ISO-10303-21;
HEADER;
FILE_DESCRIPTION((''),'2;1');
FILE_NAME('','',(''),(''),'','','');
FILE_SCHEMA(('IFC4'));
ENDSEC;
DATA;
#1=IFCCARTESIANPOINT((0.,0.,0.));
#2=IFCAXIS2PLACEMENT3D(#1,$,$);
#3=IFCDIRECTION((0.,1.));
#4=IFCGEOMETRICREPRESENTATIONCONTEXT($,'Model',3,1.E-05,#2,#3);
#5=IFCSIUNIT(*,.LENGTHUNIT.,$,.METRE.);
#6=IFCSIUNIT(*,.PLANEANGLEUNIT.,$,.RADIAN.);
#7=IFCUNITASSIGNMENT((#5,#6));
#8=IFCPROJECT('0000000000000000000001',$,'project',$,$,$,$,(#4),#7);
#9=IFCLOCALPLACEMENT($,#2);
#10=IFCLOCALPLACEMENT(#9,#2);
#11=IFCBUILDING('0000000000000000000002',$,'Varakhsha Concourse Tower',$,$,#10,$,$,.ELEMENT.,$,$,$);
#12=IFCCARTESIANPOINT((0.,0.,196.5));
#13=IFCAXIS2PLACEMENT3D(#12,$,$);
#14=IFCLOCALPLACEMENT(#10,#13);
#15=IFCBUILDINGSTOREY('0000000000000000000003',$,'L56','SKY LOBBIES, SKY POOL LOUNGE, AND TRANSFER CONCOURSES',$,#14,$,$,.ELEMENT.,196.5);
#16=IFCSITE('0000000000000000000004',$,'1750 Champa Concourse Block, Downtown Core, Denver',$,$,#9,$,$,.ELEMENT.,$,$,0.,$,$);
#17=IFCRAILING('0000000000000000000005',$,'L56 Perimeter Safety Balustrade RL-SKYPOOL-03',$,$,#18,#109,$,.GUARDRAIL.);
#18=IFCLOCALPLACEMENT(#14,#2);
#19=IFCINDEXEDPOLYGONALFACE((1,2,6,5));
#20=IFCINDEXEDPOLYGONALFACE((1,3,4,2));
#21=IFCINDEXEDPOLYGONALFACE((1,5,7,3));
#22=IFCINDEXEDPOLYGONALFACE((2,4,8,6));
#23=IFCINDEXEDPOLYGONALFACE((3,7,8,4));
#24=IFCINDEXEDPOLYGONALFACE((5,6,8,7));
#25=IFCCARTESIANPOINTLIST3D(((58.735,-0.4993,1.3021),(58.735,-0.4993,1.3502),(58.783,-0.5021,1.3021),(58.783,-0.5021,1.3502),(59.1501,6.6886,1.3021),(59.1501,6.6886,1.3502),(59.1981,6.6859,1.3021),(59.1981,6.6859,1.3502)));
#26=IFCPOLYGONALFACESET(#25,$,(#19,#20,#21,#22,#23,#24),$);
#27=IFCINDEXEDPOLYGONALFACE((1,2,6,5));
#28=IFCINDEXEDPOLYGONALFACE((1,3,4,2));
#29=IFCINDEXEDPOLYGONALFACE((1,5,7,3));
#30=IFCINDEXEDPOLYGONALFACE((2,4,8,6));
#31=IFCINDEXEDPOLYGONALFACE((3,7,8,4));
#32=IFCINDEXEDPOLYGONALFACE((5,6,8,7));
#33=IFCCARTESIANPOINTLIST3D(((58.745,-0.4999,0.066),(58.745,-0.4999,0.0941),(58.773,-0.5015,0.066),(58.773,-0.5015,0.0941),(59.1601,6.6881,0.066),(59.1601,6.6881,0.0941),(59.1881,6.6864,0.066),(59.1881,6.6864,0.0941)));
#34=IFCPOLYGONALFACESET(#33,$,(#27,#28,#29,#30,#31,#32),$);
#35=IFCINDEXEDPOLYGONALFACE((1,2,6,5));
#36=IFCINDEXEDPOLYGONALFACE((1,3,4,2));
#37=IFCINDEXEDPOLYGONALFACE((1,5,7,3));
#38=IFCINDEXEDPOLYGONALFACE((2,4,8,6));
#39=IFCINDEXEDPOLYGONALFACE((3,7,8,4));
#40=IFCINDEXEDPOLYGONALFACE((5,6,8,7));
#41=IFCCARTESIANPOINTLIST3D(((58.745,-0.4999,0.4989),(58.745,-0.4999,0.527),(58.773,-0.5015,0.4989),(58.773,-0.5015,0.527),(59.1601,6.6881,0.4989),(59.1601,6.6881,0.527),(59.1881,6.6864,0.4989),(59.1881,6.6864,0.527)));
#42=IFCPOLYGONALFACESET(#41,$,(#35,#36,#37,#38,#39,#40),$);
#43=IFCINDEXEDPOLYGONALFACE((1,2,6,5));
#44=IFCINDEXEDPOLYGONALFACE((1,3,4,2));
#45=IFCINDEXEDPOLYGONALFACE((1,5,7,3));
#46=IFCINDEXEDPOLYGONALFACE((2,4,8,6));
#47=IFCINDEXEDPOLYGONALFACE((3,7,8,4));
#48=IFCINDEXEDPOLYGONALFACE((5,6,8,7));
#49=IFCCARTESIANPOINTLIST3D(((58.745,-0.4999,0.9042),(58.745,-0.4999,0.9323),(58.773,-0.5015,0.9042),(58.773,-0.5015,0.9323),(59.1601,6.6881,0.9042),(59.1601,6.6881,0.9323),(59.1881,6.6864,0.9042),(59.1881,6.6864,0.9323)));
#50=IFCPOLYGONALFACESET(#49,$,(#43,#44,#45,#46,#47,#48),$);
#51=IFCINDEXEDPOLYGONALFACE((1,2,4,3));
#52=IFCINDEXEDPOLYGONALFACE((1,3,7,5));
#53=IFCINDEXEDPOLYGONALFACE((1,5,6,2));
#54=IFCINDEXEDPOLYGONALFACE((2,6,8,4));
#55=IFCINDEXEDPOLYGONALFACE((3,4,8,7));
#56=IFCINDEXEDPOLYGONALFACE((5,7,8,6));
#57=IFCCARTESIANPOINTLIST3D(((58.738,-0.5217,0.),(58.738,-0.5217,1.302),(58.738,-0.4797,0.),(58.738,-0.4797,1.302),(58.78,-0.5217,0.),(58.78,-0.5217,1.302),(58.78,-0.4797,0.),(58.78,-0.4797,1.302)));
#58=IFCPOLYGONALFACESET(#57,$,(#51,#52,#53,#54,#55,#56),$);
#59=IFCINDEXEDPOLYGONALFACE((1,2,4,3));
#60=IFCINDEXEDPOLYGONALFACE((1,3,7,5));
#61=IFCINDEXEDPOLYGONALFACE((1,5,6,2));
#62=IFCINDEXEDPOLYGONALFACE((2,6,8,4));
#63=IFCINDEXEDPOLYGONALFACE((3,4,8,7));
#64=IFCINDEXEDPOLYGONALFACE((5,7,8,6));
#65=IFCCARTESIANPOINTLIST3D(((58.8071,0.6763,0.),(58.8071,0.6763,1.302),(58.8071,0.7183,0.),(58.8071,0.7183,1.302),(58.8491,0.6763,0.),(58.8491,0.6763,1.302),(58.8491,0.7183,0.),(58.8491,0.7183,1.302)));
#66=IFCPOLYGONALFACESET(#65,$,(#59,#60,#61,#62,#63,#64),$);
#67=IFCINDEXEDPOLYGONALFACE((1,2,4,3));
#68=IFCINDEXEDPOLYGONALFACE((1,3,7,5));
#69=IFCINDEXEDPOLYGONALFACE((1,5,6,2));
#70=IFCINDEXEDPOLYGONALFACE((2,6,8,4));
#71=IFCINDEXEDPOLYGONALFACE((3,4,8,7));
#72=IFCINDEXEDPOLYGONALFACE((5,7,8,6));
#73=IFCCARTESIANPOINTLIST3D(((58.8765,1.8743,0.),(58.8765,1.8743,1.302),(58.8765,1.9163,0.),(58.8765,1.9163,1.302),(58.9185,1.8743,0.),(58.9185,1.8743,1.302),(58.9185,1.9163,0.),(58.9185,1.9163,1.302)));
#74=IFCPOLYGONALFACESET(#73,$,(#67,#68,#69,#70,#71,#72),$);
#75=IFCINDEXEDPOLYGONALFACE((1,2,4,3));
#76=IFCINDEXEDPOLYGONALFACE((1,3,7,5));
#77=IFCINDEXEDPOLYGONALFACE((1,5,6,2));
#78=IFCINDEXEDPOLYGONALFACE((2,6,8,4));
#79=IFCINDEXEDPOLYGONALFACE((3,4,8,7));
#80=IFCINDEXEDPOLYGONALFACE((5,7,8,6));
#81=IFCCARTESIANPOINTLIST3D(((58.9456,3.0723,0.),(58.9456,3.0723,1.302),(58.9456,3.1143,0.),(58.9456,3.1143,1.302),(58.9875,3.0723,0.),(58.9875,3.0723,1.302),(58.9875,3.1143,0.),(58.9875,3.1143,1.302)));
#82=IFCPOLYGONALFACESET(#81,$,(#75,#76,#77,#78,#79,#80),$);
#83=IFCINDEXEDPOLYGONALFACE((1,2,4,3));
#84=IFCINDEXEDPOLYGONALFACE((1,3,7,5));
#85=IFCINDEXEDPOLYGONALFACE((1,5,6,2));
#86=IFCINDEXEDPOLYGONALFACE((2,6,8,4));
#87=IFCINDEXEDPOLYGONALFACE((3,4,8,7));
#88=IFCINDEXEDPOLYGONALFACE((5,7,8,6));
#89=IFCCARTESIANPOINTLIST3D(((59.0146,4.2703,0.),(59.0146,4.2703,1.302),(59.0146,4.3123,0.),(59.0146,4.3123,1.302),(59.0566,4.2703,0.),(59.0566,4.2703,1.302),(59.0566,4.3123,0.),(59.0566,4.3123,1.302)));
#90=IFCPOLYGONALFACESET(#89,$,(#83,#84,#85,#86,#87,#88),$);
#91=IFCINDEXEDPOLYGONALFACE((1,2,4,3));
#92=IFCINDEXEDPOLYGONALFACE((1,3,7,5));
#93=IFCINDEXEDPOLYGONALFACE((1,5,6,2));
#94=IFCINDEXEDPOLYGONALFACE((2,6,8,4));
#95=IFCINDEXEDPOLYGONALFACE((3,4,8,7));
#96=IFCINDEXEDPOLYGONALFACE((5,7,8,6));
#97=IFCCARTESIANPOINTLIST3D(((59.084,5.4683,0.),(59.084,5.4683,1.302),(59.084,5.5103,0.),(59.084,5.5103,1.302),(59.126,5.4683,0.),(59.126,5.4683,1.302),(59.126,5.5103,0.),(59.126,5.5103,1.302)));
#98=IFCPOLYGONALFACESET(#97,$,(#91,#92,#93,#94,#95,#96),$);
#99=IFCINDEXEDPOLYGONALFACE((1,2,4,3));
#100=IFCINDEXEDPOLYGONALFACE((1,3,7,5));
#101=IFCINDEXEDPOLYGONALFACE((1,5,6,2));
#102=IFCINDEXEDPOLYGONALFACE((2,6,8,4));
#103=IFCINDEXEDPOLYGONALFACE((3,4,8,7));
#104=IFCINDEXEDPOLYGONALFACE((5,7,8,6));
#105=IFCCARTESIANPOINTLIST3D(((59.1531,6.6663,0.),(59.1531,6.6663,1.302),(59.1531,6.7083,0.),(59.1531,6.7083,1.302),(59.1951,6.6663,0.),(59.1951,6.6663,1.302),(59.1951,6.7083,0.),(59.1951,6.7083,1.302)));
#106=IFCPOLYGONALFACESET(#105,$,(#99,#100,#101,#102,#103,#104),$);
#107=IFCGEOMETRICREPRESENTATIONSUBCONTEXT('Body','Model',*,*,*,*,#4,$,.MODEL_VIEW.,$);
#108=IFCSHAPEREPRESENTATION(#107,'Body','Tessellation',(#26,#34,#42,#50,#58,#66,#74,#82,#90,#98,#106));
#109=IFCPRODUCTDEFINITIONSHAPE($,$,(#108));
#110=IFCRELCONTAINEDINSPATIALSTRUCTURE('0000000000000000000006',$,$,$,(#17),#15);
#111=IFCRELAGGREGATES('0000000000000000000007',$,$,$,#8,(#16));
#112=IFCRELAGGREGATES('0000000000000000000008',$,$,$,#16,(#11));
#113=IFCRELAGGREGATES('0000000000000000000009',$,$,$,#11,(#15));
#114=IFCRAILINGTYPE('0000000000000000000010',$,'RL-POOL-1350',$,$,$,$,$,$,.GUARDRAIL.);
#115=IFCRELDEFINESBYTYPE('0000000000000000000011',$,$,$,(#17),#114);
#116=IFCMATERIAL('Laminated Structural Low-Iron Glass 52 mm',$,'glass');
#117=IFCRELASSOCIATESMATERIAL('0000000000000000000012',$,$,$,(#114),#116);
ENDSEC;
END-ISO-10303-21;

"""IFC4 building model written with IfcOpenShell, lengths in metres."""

from ifc_helpers import new_model, si_unit, direction, frame, origin, origin_2d, place, context, subcontext, project, spatial, rectangle, extrude, material, type_object, element, save


model = new_model("IFC4")

# Units and contexts
model_context = context("Model", 3, precision=1e-05, world=origin(), true_north=direction((0.0, 1.0)))
body_context = subcontext(model_context, "Body", "Model", "MODEL_VIEW")
ifc_project = project(units=[si_unit("LENGTHUNIT", "METRE"), si_unit("PLANEANGLEUNIT", "RADIAN")], contexts=[model_context])

# Site, building, storey
site_placement = place(None, origin())
site = spatial("IfcSite", under=ifc_project, at=site_placement, Name="1750 Champa Concourse Block, Downtown Core, Denver", CompositionType="ELEMENT", RefElevation=0.0)
building_placement = place(site_placement, origin())
building = spatial("IfcBuilding", under=site, at=building_placement, Name="Varakhsha Concourse Tower", CompositionType="ELEMENT")
storey_placement = place(building_placement, frame((0.0, 0.0, 196.5)))
storey = spatial("IfcBuildingStorey", under=building, at=storey_placement, Name="L56", Description="SKY LOBBIES, SKY POOL LOUNGE, AND TRANSFER CONCOURSES", CompositionType="ELEMENT", Elevation=196.5)

# Railing
ifc_material_1 = material(Name="Laminated Structural Low-Iron Glass 52 mm", Category="glass")
railing_type = type_object("IfcRailingType", Name="RL-POOL-1350", PredefinedType="GUARDRAIL", material=ifc_material_1)
railing_placement = place(storey_placement, frame((58.759, -0.5007, 0.0)))
element("IfcRailing", 1, at=railing_placement, inside=storey, type_object=railing_type, Name="L56 Perimeter Safety Balustrade RL-SKYPOOL-03", PredefinedType="GUARDRAIL", context=body_context, shape_type="SweptSolid", body=[
    extrude(rectangle(XDim=0.0481, YDim=0.0481, at=origin_2d()), frame((0.0, 0.0, 1.3262), z_axis=(0.057645, 0.998337, 0.0), x_axis=(-0.998337, 0.057645, 0.0)), (0.0, 0.0, 1.0), 7.2),
    extrude(rectangle(XDim=0.0281, YDim=0.0281, at=origin_2d()), frame((0.0, 0.0, 0.0801), z_axis=(0.057645, 0.998337, 0.0), x_axis=(-0.998337, 0.057645, 0.0)), (0.0, 0.0, 1.0), 7.2),
    extrude(rectangle(XDim=0.0281, YDim=0.0281, at=origin_2d()), frame((0.0, 0.0, 0.5129), z_axis=(0.057645, 0.998337, 0.0), x_axis=(-0.998337, 0.057645, 0.0)), (0.0, 0.0, 1.0), 7.2),
    extrude(rectangle(XDim=0.0281, YDim=0.0281, at=origin_2d()), frame((0.0, 0.0, 0.9182), z_axis=(0.057645, 0.998337, 0.0), x_axis=(-0.998337, 0.057645, 0.0)), (0.0, 0.0, 1.0), 7.2),
    extrude(rectangle(XDim=0.042, YDim=0.042, at=origin_2d()), origin(), (0.0, 0.0, 1.0), 1.302),
    extrude(rectangle(XDim=0.042, YDim=0.042, at=origin_2d()), frame((0.0691, 1.198, 0.0)), (0.0, 0.0, 1.0), 1.302),
    extrude(rectangle(XDim=0.042, YDim=0.042, at=origin_2d()), frame((0.1384, 2.396, 0.0)), (0.0, 0.0, 1.0), 1.302),
    extrude(rectangle(XDim=0.042, YDim=0.042, at=origin_2d()), frame((0.2075, 3.594, 0.0)), (0.0, 0.0, 1.0), 1.302),
    extrude(rectangle(XDim=0.042, YDim=0.042, at=origin_2d()), frame((0.2766, 4.792, 0.0)), (0.0, 0.0, 1.0), 1.302),
    extrude(rectangle(XDim=0.042, YDim=0.042, at=origin_2d()), frame((0.3459, 5.99, 0.0)), (0.0, 0.0, 1.0), 1.302),
    extrude(rectangle(XDim=0.042, YDim=0.042, at=origin_2d()), frame((0.415, 7.188, 0.0)), (0.0, 0.0, 1.0), 1.302),
])

save(model, "model.ifc")
